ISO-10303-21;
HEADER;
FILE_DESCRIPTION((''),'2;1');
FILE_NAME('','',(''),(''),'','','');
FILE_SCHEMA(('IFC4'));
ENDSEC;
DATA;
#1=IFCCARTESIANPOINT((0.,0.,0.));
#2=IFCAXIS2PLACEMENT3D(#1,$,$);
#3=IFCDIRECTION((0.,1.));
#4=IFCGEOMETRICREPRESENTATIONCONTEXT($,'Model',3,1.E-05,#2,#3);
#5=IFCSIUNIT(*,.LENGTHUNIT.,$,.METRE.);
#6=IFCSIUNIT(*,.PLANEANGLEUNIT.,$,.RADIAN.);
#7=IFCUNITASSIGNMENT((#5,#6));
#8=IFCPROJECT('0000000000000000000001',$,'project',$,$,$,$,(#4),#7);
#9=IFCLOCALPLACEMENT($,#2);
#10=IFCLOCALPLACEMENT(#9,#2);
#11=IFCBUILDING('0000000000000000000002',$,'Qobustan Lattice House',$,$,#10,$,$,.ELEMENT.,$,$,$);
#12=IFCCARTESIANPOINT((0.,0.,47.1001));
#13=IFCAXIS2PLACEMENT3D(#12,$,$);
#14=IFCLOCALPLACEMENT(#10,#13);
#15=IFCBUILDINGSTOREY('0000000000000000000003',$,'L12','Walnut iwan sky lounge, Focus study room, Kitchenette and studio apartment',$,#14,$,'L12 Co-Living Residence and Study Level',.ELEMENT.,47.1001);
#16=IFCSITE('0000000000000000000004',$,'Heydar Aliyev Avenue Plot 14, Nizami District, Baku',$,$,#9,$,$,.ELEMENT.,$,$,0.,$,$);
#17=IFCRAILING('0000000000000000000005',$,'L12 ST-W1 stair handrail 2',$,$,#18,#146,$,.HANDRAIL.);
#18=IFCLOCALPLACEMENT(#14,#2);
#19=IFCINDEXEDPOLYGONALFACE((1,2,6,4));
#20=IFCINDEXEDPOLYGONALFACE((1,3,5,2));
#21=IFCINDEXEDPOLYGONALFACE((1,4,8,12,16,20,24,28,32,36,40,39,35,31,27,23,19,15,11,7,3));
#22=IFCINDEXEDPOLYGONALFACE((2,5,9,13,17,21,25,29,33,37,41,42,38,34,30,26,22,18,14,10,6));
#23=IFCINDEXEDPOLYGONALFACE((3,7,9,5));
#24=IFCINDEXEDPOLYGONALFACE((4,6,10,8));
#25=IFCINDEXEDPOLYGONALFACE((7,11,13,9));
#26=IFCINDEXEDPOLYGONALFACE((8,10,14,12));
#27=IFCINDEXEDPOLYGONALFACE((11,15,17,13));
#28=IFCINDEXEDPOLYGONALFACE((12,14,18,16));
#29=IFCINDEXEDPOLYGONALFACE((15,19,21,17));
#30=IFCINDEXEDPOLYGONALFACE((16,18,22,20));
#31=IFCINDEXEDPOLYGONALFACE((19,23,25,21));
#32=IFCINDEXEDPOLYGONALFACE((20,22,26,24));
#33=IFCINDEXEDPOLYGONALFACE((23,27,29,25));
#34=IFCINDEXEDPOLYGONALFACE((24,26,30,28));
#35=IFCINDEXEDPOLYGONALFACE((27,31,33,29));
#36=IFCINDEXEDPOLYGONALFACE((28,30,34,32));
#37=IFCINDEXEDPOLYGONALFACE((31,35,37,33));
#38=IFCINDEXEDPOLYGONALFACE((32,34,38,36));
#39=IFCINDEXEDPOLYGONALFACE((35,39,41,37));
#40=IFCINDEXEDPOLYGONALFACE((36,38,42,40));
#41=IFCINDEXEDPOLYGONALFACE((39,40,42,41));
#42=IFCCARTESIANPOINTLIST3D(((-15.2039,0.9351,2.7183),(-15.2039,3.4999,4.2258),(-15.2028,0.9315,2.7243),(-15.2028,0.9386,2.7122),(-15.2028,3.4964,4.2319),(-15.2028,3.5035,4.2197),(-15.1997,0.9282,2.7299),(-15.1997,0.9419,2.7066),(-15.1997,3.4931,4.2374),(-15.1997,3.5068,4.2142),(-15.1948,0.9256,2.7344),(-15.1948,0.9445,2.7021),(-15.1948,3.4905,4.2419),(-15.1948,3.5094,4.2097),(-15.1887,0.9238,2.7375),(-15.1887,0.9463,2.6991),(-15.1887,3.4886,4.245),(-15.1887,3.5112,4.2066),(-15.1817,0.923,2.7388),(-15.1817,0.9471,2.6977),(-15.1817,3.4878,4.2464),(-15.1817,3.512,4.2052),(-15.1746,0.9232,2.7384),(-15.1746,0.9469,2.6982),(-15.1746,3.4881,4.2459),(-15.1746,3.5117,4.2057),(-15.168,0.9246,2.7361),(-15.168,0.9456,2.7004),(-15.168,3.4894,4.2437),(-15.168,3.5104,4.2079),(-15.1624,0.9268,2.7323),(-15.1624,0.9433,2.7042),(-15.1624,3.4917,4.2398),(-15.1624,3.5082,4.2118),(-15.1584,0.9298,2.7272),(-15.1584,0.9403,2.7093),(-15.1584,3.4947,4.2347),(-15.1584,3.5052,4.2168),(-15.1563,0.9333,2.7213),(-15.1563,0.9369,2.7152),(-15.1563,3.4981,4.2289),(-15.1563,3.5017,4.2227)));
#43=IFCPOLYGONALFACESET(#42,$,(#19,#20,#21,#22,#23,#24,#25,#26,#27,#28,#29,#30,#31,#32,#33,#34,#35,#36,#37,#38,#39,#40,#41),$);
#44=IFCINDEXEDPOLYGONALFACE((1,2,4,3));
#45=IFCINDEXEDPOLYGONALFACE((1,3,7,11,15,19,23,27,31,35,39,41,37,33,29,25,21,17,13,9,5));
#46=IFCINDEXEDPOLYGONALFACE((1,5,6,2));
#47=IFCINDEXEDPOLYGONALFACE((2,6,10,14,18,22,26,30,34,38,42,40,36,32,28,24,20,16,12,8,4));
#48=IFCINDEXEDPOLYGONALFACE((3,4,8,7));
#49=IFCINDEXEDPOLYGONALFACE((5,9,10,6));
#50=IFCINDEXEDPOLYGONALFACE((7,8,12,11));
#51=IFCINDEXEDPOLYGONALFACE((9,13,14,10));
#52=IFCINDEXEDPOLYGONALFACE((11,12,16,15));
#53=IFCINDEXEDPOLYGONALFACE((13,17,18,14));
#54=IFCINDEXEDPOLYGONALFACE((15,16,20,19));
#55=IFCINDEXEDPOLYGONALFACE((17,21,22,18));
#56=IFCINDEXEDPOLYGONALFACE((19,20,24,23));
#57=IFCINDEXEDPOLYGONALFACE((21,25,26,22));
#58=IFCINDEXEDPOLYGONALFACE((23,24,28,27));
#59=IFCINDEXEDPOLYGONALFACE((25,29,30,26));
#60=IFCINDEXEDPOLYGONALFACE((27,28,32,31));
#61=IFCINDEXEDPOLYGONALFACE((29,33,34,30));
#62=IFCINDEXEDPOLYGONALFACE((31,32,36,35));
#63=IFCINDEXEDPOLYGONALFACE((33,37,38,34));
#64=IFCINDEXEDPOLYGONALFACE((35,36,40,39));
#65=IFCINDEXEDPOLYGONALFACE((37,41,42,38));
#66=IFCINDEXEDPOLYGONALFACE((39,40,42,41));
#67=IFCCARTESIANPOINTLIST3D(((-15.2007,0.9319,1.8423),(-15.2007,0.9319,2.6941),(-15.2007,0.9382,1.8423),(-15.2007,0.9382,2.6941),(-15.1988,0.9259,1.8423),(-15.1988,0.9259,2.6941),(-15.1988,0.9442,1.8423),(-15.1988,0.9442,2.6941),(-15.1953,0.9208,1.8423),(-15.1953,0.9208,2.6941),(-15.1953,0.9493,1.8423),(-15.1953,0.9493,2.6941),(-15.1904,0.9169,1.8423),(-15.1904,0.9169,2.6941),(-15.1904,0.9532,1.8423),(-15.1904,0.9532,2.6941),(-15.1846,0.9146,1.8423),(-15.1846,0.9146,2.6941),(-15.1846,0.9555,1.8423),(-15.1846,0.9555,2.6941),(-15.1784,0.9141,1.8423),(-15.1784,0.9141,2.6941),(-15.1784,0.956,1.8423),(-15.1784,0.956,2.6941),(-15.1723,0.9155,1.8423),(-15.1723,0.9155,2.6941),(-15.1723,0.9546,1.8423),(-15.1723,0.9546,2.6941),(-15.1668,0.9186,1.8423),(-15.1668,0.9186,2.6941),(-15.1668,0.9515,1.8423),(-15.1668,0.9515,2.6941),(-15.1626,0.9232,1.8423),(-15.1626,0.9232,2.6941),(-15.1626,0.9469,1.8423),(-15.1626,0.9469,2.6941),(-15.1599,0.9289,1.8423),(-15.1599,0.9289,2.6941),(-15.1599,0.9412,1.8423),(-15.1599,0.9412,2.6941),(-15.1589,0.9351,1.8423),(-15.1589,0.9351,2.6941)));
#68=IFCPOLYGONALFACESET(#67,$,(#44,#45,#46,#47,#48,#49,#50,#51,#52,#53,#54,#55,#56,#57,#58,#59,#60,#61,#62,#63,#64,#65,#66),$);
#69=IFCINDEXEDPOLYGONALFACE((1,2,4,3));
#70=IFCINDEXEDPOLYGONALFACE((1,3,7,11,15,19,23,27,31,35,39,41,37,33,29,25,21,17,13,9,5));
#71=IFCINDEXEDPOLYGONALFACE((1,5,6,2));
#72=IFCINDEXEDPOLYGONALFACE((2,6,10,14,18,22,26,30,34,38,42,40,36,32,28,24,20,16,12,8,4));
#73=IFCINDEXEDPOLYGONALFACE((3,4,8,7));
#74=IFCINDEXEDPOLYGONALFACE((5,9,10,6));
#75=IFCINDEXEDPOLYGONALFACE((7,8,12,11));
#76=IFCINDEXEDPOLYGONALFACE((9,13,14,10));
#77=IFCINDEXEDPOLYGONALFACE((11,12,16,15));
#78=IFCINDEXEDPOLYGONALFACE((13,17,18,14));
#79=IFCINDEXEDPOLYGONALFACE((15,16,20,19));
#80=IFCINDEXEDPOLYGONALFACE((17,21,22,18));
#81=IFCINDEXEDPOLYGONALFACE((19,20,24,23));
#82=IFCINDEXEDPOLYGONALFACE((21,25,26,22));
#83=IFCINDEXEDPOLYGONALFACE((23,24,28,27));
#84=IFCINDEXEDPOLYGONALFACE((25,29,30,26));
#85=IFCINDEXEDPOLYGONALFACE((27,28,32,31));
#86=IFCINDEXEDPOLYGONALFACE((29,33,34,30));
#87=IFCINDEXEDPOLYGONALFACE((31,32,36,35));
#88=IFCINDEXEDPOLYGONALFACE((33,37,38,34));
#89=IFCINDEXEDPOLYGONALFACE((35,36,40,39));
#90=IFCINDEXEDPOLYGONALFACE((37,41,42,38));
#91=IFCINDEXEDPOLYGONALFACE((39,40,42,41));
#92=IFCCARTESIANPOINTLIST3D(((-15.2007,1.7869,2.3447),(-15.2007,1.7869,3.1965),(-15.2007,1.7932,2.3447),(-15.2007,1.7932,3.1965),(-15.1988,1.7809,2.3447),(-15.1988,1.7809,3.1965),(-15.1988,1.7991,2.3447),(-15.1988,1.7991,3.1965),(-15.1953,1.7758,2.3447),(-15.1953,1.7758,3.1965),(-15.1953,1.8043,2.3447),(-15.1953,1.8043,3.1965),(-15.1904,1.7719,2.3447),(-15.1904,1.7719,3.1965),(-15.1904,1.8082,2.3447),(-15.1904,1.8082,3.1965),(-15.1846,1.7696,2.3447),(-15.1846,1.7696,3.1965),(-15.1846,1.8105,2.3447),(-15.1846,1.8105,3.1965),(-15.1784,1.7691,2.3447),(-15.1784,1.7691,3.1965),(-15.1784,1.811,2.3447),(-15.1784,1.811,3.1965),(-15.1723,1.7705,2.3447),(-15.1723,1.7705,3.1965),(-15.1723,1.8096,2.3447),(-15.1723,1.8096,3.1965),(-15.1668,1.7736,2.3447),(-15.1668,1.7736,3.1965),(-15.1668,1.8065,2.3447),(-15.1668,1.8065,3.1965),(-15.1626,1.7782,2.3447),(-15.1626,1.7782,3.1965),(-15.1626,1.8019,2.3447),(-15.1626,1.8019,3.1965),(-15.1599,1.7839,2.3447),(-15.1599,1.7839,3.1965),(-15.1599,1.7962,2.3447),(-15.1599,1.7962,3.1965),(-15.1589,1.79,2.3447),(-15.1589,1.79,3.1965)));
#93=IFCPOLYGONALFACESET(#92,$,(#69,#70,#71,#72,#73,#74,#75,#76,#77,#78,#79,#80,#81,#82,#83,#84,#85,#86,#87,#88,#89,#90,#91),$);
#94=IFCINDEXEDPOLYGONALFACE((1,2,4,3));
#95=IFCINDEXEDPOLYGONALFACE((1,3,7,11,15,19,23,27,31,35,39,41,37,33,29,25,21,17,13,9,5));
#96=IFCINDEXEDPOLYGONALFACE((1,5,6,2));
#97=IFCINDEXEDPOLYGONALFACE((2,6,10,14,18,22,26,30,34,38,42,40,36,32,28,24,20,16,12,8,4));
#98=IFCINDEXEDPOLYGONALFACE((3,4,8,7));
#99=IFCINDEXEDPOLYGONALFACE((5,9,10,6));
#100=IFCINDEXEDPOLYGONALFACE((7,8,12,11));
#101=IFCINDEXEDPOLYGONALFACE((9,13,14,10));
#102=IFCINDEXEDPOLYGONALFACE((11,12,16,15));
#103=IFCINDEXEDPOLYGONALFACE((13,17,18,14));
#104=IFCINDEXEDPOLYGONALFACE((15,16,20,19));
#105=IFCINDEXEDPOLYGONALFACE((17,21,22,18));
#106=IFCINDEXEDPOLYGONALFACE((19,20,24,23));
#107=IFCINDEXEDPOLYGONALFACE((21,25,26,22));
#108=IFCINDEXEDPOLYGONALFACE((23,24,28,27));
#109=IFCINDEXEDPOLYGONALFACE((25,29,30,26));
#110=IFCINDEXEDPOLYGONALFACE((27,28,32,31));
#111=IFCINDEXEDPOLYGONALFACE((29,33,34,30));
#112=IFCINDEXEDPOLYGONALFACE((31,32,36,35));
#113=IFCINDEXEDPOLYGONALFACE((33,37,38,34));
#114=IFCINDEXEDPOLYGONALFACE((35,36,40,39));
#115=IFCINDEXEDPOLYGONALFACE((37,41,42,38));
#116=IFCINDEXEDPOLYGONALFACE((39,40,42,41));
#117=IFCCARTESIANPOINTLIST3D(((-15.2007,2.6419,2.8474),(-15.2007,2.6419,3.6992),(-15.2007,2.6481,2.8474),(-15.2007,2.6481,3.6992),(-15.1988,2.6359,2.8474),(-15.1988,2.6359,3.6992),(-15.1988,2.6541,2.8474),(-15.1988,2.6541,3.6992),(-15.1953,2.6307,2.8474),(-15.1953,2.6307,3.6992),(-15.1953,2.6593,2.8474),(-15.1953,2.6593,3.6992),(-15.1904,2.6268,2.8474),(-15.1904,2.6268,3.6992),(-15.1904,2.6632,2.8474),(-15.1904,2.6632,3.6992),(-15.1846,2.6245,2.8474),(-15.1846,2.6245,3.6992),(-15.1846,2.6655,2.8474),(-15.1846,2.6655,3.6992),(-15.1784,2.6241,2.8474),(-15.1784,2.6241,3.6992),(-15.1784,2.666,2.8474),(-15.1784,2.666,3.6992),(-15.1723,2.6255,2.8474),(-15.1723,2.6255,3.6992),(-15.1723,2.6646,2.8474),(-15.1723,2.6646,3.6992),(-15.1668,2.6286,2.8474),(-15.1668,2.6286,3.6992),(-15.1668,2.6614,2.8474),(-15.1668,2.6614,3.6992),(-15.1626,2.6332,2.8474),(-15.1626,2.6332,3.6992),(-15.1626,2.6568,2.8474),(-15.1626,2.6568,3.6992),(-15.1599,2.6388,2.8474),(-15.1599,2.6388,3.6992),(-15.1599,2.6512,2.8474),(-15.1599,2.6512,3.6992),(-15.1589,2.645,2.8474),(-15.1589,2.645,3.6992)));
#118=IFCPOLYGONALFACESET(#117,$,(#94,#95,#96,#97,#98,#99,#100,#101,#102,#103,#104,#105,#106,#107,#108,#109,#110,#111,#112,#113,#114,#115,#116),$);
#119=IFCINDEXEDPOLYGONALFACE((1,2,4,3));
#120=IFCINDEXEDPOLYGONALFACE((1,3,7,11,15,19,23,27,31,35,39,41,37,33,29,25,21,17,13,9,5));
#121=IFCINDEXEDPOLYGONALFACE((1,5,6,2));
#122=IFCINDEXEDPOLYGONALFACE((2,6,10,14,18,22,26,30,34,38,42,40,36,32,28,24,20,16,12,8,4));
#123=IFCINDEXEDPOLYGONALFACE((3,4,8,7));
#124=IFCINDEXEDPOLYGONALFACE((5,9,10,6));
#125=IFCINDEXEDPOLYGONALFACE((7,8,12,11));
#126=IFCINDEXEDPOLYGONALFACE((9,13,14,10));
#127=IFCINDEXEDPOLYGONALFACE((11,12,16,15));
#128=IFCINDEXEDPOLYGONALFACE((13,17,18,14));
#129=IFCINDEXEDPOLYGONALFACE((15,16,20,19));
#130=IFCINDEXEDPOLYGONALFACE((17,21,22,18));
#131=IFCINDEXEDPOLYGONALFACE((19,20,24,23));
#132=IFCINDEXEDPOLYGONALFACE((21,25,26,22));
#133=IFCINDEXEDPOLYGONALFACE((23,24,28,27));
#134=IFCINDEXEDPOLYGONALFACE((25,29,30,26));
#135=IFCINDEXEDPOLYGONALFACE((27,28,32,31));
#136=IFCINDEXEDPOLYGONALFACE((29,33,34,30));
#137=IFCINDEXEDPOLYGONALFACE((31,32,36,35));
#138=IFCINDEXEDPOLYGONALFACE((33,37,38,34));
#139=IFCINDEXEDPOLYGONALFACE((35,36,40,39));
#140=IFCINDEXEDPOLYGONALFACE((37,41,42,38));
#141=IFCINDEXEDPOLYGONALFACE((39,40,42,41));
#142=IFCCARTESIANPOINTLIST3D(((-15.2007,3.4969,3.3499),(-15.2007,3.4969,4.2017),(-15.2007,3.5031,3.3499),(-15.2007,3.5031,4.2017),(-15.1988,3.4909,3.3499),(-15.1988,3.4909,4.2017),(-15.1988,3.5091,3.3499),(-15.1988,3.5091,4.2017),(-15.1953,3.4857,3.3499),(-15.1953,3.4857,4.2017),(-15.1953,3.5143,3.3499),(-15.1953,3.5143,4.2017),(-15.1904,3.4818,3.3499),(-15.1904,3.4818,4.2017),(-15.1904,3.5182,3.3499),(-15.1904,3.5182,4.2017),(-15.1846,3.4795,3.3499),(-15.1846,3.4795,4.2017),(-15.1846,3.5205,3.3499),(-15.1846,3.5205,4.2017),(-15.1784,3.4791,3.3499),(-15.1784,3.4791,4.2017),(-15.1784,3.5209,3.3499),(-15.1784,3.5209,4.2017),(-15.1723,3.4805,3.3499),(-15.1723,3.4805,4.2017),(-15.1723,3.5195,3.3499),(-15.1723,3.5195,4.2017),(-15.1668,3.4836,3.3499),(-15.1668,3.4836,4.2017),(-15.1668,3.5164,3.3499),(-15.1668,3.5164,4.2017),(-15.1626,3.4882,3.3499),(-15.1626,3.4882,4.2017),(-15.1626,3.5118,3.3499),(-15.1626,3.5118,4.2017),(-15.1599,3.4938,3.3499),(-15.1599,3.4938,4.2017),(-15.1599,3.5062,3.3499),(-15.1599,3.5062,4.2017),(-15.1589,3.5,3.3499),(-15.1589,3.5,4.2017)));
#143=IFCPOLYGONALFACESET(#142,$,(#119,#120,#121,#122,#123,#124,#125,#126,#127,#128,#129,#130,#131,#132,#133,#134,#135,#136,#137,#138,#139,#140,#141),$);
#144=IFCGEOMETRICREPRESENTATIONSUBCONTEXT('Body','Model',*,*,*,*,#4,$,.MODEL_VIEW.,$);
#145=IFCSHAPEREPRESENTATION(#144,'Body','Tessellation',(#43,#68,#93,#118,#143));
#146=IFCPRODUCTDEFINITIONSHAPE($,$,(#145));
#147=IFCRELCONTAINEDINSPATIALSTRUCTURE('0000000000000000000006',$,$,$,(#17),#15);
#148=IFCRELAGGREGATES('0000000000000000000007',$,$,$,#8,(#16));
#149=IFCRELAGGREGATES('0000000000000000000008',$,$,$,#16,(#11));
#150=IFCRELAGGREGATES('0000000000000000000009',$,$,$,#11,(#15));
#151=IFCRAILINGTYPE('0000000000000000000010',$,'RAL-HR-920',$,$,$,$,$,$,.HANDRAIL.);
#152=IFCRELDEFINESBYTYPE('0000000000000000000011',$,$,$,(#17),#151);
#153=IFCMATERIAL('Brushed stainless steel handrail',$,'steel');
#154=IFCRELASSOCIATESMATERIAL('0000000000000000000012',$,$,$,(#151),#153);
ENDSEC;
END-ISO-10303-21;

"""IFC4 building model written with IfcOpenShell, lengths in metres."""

from ifc_helpers import new_model, si_unit, direction, frame, origin, origin_2d, place, context, subcontext, project, spatial, circle, extrude, material, type_object, element, save


model = new_model("IFC4")

# Units and contexts
model_context = context("Model", 3, precision=1e-05, world=origin(), true_north=direction((0.0, 1.0)))
body_context = subcontext(model_context, "Body", "Model", "MODEL_VIEW")
ifc_project = project(units=[si_unit("LENGTHUNIT", "METRE"), si_unit("PLANEANGLEUNIT", "RADIAN")], contexts=[model_context])

# Site, building, storey
site_placement = place(None, origin())
site = spatial("IfcSite", under=ifc_project, at=site_placement, Name="Heydar Aliyev Avenue Plot 14, Nizami District, Baku", CompositionType="ELEMENT", RefElevation=0.0)
building_placement = place(site_placement, origin())
building = spatial("IfcBuilding", under=site, at=building_placement, Name="Qobustan Lattice House", CompositionType="ELEMENT")
storey_placement = place(building_placement, frame((0.0, 0.0, 47.1001)))
storey = spatial("IfcBuildingStorey", under=building, at=storey_placement, Name="L12", Description="Walnut iwan sky lounge, Focus study room, Kitchenette and studio apartment", LongName="L12 Co-Living Residence and Study Level", CompositionType="ELEMENT", Elevation=47.1001)

# Railing
ifc_material_1 = material(Name="Brushed stainless steel handrail", Category="steel")
railing_type_1 = type_object("IfcRailingType", Name="RAL-HR-920", PredefinedType="HANDRAIL", material=ifc_material_1)
railing_1_placement = place(storey_placement, frame((-15.1799, 0.9351, 1.8423)))
element("IfcRailing", 1, at=railing_1_placement, inside=storey, type_object=railing_type_1, Name="L12 ST-W1 stair handrail 2", PredefinedType="HANDRAIL", context=body_context, shape_type="SweptSolid", body=[
    extrude(circle(Radius=0.0239, at=origin_2d()), frame((0.0, 0.0, 0.876), z_axis=(0.0, 0.862113, 0.506715), x_axis=(-1.0, 0.0, 0.0)), (0.0, 0.0, 1.0), 2.9751),
    extrude(circle(Radius=0.021, at=origin_2d()), origin(), (0.0, 0.0, 1.0), 0.8518),
    extrude(circle(Radius=0.021, at=origin_2d()), frame((0.0, 0.855, 0.5024)), (0.0, 0.0, 1.0), 0.8518),
    extrude(circle(Radius=0.021, at=origin_2d()), frame((0.0, 1.71, 1.0051)), (0.0, 0.0, 1.0), 0.8518),
    extrude(circle(Radius=0.021, at=origin_2d()), frame((0.0, 2.5649, 1.5076)), (0.0, 0.0, 1.0), 0.8518),
])

save(model, "model.ifc")
